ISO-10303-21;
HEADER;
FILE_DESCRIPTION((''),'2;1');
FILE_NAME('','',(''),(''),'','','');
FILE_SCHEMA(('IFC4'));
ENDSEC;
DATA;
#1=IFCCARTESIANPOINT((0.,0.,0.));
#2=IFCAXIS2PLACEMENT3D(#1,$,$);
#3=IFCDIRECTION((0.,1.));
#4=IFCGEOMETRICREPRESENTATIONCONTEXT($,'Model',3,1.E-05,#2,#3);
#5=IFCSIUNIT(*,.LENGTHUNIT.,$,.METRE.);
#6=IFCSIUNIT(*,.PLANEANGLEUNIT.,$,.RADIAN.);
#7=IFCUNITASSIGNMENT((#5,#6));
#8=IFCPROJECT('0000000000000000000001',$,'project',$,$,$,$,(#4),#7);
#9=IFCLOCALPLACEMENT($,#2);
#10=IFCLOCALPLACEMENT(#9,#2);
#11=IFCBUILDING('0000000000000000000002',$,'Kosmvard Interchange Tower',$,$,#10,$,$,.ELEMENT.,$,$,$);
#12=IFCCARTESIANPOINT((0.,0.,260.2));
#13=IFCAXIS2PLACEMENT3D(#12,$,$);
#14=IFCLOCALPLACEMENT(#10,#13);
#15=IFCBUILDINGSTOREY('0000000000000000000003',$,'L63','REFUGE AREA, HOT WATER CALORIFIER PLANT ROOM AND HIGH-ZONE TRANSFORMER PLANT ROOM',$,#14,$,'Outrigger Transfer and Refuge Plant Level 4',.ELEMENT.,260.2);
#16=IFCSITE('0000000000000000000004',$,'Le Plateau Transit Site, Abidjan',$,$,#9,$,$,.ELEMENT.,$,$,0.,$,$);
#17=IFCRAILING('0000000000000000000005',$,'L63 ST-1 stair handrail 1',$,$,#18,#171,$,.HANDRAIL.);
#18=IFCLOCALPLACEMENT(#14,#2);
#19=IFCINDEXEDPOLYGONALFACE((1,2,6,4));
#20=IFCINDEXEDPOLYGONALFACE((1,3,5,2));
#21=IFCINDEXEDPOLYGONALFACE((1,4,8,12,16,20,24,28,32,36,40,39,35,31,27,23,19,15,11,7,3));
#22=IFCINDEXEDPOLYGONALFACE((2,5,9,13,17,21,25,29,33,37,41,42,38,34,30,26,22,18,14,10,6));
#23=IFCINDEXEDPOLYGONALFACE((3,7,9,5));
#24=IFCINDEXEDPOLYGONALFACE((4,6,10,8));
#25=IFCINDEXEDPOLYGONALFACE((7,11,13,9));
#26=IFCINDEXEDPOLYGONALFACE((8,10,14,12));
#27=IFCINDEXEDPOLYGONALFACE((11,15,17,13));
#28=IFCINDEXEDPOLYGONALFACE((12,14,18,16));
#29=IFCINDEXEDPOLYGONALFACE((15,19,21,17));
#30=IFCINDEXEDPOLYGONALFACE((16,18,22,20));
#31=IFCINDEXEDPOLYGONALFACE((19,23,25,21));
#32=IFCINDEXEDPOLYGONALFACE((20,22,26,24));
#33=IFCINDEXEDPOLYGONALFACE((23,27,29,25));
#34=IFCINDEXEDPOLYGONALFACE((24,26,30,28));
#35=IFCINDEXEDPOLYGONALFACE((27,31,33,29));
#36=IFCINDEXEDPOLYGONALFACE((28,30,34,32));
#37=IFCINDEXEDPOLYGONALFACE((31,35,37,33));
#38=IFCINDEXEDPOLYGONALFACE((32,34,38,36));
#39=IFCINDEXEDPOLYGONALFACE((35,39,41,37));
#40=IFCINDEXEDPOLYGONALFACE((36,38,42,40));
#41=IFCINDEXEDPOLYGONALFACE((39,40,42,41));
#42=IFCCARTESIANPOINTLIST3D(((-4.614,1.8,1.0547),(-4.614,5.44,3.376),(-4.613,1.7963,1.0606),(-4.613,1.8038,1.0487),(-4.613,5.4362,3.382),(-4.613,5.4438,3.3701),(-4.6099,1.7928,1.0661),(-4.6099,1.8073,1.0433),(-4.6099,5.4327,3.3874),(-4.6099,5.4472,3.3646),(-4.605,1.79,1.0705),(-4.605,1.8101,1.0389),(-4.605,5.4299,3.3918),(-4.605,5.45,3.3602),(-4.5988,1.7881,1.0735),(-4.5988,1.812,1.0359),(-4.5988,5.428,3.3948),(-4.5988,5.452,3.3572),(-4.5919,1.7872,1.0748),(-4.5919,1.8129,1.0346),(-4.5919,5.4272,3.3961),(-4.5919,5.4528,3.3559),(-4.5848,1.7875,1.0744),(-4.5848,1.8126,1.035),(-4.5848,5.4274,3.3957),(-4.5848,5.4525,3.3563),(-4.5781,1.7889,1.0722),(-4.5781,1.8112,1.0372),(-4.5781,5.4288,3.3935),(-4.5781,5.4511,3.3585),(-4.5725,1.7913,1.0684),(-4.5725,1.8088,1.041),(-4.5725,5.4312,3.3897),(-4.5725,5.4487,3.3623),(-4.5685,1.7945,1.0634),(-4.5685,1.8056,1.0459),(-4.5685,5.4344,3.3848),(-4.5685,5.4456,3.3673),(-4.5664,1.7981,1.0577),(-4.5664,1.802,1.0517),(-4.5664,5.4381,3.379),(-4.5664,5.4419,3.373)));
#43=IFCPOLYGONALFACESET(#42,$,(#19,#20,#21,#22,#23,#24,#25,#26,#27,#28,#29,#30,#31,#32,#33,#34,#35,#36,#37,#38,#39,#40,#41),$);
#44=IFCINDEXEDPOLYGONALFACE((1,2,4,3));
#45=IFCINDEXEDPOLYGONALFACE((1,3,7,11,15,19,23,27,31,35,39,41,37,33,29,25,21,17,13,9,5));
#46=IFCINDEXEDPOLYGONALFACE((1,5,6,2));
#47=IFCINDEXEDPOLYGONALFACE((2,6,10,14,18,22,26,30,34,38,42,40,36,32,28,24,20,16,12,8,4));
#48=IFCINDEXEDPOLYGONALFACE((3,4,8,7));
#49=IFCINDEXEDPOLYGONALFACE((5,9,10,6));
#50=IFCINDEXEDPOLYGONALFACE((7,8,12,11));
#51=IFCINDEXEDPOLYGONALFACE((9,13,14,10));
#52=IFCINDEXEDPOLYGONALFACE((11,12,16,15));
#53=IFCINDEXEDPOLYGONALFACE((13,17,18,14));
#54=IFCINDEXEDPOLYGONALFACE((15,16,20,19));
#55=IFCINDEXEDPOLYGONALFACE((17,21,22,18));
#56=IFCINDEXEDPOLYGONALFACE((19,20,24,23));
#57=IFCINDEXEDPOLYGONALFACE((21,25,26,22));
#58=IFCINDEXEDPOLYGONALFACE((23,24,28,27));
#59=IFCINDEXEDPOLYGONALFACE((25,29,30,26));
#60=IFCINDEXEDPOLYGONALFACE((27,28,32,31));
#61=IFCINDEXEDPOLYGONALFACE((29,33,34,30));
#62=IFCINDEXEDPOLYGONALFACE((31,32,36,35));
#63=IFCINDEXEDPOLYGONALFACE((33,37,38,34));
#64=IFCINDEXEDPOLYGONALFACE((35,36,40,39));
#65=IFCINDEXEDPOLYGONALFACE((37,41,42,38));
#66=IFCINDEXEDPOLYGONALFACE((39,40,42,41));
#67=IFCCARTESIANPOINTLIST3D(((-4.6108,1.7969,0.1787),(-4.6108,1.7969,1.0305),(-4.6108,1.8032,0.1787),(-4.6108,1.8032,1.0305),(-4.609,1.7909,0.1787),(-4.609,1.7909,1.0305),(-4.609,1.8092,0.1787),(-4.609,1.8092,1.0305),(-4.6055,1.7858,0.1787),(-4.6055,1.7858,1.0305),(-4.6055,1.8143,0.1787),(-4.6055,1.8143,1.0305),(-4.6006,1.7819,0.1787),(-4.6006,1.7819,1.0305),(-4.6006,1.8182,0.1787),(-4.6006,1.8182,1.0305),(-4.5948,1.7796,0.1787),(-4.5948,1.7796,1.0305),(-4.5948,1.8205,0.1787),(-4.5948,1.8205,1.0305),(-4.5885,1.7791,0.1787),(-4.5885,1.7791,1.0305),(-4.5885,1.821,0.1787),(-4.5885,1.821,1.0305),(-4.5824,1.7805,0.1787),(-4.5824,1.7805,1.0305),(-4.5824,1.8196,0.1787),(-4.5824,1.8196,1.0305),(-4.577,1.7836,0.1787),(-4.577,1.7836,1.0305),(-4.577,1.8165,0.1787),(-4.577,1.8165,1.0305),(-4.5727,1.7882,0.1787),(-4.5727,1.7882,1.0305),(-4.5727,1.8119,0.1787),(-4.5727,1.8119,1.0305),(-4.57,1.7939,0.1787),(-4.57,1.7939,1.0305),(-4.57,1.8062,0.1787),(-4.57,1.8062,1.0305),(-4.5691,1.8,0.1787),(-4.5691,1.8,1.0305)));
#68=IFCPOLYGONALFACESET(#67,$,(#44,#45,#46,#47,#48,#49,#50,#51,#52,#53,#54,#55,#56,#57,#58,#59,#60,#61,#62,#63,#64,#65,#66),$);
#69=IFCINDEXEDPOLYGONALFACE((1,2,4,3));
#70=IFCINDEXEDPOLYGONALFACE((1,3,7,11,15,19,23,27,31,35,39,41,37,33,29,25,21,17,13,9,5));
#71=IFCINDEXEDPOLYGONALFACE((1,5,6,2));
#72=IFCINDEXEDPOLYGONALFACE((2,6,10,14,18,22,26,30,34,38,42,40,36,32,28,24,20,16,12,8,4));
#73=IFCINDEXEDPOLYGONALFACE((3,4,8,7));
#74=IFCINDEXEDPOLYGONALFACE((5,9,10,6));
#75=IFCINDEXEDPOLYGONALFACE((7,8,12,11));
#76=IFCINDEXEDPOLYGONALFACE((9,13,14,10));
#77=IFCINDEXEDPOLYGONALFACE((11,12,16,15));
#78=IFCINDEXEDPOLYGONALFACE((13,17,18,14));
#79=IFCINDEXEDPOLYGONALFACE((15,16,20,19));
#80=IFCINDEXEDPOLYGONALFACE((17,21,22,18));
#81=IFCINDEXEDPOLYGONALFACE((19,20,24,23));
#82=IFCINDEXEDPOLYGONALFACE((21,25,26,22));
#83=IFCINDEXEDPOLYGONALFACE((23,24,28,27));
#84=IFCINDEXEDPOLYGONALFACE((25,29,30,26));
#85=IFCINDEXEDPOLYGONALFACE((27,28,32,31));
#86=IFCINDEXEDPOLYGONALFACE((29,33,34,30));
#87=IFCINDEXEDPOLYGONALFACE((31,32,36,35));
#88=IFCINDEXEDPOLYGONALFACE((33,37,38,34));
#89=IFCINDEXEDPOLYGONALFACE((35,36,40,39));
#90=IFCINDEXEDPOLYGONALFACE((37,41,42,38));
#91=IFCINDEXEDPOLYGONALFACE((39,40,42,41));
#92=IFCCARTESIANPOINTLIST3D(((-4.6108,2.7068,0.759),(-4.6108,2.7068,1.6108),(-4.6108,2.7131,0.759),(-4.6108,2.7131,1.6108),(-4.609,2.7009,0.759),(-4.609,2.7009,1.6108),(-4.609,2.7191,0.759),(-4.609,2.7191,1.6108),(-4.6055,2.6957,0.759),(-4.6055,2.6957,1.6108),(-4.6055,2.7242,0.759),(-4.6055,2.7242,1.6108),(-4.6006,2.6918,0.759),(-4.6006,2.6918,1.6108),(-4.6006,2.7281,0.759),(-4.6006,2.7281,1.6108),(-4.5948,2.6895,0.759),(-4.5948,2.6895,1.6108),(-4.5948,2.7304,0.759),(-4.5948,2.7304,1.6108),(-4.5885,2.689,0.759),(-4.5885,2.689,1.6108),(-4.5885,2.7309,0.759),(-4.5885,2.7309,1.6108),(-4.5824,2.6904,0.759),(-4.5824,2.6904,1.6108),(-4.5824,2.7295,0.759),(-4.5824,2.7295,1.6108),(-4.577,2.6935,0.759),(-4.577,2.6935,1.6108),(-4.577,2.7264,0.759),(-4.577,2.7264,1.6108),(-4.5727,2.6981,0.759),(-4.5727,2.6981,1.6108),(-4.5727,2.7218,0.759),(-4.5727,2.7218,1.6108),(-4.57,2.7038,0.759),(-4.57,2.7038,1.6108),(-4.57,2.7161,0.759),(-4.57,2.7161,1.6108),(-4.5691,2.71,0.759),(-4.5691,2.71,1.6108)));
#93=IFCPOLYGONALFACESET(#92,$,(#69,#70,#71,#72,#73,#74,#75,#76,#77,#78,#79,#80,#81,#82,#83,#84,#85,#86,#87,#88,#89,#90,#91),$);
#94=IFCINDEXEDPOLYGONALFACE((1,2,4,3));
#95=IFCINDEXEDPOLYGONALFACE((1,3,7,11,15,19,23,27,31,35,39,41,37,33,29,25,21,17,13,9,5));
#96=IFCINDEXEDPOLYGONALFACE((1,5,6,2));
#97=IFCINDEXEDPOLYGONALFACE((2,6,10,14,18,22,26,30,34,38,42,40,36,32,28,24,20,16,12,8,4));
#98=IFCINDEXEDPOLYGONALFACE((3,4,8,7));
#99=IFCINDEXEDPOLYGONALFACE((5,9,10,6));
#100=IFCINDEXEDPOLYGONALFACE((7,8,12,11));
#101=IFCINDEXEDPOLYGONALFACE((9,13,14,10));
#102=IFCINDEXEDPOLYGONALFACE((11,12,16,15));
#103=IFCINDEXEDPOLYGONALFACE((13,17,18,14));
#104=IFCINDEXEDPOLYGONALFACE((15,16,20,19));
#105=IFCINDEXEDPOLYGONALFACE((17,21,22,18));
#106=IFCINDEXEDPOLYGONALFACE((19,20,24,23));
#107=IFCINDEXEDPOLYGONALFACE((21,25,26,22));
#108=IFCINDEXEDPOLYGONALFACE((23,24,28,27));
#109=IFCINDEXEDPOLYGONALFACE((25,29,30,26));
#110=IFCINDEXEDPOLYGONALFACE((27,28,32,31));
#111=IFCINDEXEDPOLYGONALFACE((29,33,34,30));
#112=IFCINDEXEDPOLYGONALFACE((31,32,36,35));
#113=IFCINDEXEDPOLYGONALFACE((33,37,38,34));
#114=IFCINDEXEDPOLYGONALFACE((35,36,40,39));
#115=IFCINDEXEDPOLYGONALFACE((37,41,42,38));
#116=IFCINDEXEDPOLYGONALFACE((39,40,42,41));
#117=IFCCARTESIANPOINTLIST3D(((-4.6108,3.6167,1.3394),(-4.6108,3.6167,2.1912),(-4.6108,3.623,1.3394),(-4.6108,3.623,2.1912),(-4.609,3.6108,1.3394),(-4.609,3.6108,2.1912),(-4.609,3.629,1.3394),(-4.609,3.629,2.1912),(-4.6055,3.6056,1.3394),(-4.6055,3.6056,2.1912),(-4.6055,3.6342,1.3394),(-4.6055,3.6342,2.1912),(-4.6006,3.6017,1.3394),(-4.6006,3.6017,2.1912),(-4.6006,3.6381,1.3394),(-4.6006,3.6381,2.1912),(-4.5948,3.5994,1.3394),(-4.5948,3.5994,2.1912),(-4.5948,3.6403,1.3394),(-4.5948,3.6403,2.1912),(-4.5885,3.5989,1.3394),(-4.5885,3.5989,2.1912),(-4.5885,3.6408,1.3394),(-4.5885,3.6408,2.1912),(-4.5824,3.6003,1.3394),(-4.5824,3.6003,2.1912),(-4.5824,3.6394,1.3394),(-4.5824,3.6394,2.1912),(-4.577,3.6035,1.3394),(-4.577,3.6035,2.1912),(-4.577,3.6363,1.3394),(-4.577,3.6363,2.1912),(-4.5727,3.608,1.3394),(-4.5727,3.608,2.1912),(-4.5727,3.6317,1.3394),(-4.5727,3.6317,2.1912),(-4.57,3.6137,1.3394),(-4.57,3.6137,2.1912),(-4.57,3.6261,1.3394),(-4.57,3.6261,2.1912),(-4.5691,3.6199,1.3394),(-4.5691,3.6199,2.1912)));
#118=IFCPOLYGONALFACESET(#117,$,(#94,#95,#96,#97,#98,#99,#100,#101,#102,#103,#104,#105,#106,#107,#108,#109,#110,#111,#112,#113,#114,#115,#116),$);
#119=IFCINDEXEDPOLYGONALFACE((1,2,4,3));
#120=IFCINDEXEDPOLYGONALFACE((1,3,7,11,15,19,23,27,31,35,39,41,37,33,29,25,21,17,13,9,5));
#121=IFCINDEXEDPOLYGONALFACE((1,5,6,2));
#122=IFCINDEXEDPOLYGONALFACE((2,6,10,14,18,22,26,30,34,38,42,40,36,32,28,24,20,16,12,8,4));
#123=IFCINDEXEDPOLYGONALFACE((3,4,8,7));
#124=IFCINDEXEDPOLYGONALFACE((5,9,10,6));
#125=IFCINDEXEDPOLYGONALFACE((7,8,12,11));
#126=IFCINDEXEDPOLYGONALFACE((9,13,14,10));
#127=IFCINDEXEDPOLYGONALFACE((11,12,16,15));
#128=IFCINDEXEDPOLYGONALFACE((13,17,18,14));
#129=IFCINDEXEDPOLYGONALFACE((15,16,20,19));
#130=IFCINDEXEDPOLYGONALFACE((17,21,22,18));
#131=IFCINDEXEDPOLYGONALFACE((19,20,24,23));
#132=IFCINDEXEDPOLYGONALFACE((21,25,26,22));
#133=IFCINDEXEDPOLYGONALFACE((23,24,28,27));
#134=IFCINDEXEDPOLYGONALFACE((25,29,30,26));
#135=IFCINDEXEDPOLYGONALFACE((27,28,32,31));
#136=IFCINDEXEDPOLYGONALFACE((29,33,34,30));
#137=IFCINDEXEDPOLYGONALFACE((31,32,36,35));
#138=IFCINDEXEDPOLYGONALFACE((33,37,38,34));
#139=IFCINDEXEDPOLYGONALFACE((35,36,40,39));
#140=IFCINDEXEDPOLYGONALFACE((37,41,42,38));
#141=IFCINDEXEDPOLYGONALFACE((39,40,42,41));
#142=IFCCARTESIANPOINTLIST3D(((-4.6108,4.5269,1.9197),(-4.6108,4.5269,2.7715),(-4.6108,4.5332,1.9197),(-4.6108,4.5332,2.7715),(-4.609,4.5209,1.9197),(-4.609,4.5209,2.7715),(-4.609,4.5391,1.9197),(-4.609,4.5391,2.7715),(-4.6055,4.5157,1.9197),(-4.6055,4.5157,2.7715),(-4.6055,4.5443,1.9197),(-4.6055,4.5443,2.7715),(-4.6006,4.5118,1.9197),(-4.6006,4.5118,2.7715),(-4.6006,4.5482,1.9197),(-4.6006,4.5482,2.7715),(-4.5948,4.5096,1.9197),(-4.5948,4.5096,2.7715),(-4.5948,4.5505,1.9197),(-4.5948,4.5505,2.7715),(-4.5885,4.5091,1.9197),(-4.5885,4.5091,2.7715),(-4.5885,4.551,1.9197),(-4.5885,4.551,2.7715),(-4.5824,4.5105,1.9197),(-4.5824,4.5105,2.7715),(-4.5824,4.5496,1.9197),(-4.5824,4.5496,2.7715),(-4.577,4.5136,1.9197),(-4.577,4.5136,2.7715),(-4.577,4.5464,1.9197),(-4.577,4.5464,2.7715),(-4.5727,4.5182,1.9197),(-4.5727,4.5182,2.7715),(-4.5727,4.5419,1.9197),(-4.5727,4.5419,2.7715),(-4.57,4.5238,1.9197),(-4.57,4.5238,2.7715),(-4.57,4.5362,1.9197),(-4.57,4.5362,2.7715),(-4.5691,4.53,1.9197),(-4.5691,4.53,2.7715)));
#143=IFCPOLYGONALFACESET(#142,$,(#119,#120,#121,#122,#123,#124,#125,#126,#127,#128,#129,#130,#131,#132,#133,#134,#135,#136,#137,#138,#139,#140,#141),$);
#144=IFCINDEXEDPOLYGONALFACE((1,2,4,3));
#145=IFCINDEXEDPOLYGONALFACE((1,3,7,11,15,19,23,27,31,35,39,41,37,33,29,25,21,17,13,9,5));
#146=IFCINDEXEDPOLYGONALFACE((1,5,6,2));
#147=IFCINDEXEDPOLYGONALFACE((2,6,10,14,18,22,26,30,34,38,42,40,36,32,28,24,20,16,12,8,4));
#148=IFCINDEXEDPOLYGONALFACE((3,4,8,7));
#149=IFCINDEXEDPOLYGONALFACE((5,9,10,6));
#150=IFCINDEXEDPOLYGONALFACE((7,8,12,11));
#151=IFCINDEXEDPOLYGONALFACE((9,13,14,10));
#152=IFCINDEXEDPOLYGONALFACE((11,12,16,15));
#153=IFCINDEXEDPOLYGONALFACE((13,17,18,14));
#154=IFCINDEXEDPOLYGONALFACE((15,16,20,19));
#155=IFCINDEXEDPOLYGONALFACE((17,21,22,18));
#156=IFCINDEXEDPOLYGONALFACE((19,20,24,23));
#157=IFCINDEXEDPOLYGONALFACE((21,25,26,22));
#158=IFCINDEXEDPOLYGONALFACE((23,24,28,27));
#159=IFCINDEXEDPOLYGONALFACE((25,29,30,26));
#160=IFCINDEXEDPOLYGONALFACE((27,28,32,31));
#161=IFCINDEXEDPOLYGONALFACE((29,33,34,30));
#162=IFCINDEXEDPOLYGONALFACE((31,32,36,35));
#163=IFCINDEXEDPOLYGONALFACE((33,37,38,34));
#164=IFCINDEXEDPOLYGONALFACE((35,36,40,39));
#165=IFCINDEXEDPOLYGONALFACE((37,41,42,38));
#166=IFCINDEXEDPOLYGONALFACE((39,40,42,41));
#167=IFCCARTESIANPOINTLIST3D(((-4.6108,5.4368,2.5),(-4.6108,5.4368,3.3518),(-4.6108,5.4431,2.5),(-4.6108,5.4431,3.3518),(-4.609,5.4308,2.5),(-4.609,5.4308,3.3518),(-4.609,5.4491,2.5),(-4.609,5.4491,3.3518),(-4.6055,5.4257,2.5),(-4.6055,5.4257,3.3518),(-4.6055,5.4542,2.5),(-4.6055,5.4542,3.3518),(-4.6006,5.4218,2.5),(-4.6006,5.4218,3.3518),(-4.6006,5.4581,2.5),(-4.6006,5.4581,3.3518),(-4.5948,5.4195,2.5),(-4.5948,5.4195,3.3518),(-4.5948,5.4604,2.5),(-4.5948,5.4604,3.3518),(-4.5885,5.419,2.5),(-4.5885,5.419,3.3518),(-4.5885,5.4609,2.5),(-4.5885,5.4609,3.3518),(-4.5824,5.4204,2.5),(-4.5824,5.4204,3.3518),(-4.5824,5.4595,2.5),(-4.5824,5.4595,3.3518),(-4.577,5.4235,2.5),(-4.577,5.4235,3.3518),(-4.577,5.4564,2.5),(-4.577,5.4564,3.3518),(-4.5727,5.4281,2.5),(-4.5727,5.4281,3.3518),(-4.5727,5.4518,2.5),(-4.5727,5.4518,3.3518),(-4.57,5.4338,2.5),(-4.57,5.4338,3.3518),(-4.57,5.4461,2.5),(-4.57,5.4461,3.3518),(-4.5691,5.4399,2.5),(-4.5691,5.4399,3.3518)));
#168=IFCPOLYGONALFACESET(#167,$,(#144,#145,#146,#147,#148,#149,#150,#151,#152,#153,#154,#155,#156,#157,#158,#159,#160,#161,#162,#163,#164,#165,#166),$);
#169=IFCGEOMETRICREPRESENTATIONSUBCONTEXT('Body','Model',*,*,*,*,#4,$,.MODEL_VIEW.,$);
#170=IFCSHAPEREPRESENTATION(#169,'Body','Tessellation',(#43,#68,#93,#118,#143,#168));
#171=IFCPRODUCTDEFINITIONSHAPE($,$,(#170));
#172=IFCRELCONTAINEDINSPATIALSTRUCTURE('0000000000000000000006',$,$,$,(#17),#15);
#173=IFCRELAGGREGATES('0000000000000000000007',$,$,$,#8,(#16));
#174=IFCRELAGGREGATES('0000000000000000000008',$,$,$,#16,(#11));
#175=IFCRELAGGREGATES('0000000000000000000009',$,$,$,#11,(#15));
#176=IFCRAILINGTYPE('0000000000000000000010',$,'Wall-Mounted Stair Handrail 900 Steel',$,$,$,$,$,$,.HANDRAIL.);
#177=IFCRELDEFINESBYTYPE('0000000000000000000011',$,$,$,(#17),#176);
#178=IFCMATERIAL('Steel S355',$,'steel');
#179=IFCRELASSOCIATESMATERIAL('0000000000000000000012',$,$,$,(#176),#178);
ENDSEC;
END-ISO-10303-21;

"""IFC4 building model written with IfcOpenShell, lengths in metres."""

from ifc_helpers import new_model, si_unit, direction, frame, origin, origin_2d, place, context, subcontext, project, spatial, circle, extrude, source, transform, mapped, material, type_object, element, save


model = new_model("IFC4")

# Units and contexts
model_context = context("Model", 3, precision=1e-05, world=origin(), true_north=direction((0.0, 1.0)))
body_context = subcontext(model_context, "Body", "Model", "MODEL_VIEW")
ifc_project = project(units=[si_unit("LENGTHUNIT", "METRE"), si_unit("PLANEANGLEUNIT", "RADIAN")], contexts=[model_context])

# Site, building, storey
site_placement = place(None, origin())
site = spatial("IfcSite", under=ifc_project, at=site_placement, Name="Le Plateau Transit Site, Abidjan", CompositionType="ELEMENT", RefElevation=0.0)
building_placement = place(site_placement, origin())
building = spatial("IfcBuilding", under=site, at=building_placement, Name="Kosmvard Interchange Tower", CompositionType="ELEMENT")
storey_placement = place(building_placement, frame((0.0, 0.0, 260.2)))
storey = spatial("IfcBuildingStorey", under=building, at=storey_placement, Name="L63", Description="REFUGE AREA, HOT WATER CALORIFIER PLANT ROOM AND HIGH-ZONE TRANSFORMER PLANT ROOM", LongName="Outrigger Transfer and Refuge Plant Level 4", CompositionType="ELEMENT", Elevation=260.2)

# Railing
ifc_material_1 = material(Name="Steel S355", Category="steel")
railing_type_1 = type_object("IfcRailingType", Name="Wall-Mounted Stair Handrail 900 Steel", PredefinedType="HANDRAIL", material=ifc_material_1)
shared_shape_1 = source(origin(), body_context, "Body", "SweptSolid", [
    extrude(circle(Radius=0.0239, at=origin_2d()), frame((0.0, 0.0, 0.876), z_axis=(0.0, 0.843137, 0.537699), x_axis=(-1.0, 0.0, 0.0)), (0.0, 0.0, 1.0), 4.3171),
    extrude(circle(Radius=0.021, at=origin_2d()), origin(), (0.0, 0.0, 1.0), 0.8518),
    extrude(circle(Radius=0.021, at=origin_2d()), frame((0.0, 0.9099, 0.5803)), (0.0, 0.0, 1.0), 0.8518),
    extrude(circle(Radius=0.021, at=origin_2d()), frame((0.0, 1.8198, 1.1606)), (0.0, 0.0, 1.0), 0.8518),
    extrude(circle(Radius=0.021, at=origin_2d()), frame((0.0, 2.73, 1.741)), (0.0, 0.0, 1.0), 0.8518),
    extrude(circle(Radius=0.021, at=origin_2d()), frame((0.0, 3.6399, 2.3213)), (0.0, 0.0, 1.0), 0.8518),
])
railing_1_placement = place(storey_placement, frame((-4.5901, 1.8, 0.1787)))
element("IfcRailing", 1, at=railing_1_placement, inside=storey, type_object=railing_type_1, Name="L63 ST-1 stair handrail 1", PredefinedType="HANDRAIL", context=body_context, shape_type="MappedRepresentation", body=[
    mapped(shared_shape_1, transform((0.0, 0.0, 0.0), scale=1.0)),
])

save(model, "model.ifc")
